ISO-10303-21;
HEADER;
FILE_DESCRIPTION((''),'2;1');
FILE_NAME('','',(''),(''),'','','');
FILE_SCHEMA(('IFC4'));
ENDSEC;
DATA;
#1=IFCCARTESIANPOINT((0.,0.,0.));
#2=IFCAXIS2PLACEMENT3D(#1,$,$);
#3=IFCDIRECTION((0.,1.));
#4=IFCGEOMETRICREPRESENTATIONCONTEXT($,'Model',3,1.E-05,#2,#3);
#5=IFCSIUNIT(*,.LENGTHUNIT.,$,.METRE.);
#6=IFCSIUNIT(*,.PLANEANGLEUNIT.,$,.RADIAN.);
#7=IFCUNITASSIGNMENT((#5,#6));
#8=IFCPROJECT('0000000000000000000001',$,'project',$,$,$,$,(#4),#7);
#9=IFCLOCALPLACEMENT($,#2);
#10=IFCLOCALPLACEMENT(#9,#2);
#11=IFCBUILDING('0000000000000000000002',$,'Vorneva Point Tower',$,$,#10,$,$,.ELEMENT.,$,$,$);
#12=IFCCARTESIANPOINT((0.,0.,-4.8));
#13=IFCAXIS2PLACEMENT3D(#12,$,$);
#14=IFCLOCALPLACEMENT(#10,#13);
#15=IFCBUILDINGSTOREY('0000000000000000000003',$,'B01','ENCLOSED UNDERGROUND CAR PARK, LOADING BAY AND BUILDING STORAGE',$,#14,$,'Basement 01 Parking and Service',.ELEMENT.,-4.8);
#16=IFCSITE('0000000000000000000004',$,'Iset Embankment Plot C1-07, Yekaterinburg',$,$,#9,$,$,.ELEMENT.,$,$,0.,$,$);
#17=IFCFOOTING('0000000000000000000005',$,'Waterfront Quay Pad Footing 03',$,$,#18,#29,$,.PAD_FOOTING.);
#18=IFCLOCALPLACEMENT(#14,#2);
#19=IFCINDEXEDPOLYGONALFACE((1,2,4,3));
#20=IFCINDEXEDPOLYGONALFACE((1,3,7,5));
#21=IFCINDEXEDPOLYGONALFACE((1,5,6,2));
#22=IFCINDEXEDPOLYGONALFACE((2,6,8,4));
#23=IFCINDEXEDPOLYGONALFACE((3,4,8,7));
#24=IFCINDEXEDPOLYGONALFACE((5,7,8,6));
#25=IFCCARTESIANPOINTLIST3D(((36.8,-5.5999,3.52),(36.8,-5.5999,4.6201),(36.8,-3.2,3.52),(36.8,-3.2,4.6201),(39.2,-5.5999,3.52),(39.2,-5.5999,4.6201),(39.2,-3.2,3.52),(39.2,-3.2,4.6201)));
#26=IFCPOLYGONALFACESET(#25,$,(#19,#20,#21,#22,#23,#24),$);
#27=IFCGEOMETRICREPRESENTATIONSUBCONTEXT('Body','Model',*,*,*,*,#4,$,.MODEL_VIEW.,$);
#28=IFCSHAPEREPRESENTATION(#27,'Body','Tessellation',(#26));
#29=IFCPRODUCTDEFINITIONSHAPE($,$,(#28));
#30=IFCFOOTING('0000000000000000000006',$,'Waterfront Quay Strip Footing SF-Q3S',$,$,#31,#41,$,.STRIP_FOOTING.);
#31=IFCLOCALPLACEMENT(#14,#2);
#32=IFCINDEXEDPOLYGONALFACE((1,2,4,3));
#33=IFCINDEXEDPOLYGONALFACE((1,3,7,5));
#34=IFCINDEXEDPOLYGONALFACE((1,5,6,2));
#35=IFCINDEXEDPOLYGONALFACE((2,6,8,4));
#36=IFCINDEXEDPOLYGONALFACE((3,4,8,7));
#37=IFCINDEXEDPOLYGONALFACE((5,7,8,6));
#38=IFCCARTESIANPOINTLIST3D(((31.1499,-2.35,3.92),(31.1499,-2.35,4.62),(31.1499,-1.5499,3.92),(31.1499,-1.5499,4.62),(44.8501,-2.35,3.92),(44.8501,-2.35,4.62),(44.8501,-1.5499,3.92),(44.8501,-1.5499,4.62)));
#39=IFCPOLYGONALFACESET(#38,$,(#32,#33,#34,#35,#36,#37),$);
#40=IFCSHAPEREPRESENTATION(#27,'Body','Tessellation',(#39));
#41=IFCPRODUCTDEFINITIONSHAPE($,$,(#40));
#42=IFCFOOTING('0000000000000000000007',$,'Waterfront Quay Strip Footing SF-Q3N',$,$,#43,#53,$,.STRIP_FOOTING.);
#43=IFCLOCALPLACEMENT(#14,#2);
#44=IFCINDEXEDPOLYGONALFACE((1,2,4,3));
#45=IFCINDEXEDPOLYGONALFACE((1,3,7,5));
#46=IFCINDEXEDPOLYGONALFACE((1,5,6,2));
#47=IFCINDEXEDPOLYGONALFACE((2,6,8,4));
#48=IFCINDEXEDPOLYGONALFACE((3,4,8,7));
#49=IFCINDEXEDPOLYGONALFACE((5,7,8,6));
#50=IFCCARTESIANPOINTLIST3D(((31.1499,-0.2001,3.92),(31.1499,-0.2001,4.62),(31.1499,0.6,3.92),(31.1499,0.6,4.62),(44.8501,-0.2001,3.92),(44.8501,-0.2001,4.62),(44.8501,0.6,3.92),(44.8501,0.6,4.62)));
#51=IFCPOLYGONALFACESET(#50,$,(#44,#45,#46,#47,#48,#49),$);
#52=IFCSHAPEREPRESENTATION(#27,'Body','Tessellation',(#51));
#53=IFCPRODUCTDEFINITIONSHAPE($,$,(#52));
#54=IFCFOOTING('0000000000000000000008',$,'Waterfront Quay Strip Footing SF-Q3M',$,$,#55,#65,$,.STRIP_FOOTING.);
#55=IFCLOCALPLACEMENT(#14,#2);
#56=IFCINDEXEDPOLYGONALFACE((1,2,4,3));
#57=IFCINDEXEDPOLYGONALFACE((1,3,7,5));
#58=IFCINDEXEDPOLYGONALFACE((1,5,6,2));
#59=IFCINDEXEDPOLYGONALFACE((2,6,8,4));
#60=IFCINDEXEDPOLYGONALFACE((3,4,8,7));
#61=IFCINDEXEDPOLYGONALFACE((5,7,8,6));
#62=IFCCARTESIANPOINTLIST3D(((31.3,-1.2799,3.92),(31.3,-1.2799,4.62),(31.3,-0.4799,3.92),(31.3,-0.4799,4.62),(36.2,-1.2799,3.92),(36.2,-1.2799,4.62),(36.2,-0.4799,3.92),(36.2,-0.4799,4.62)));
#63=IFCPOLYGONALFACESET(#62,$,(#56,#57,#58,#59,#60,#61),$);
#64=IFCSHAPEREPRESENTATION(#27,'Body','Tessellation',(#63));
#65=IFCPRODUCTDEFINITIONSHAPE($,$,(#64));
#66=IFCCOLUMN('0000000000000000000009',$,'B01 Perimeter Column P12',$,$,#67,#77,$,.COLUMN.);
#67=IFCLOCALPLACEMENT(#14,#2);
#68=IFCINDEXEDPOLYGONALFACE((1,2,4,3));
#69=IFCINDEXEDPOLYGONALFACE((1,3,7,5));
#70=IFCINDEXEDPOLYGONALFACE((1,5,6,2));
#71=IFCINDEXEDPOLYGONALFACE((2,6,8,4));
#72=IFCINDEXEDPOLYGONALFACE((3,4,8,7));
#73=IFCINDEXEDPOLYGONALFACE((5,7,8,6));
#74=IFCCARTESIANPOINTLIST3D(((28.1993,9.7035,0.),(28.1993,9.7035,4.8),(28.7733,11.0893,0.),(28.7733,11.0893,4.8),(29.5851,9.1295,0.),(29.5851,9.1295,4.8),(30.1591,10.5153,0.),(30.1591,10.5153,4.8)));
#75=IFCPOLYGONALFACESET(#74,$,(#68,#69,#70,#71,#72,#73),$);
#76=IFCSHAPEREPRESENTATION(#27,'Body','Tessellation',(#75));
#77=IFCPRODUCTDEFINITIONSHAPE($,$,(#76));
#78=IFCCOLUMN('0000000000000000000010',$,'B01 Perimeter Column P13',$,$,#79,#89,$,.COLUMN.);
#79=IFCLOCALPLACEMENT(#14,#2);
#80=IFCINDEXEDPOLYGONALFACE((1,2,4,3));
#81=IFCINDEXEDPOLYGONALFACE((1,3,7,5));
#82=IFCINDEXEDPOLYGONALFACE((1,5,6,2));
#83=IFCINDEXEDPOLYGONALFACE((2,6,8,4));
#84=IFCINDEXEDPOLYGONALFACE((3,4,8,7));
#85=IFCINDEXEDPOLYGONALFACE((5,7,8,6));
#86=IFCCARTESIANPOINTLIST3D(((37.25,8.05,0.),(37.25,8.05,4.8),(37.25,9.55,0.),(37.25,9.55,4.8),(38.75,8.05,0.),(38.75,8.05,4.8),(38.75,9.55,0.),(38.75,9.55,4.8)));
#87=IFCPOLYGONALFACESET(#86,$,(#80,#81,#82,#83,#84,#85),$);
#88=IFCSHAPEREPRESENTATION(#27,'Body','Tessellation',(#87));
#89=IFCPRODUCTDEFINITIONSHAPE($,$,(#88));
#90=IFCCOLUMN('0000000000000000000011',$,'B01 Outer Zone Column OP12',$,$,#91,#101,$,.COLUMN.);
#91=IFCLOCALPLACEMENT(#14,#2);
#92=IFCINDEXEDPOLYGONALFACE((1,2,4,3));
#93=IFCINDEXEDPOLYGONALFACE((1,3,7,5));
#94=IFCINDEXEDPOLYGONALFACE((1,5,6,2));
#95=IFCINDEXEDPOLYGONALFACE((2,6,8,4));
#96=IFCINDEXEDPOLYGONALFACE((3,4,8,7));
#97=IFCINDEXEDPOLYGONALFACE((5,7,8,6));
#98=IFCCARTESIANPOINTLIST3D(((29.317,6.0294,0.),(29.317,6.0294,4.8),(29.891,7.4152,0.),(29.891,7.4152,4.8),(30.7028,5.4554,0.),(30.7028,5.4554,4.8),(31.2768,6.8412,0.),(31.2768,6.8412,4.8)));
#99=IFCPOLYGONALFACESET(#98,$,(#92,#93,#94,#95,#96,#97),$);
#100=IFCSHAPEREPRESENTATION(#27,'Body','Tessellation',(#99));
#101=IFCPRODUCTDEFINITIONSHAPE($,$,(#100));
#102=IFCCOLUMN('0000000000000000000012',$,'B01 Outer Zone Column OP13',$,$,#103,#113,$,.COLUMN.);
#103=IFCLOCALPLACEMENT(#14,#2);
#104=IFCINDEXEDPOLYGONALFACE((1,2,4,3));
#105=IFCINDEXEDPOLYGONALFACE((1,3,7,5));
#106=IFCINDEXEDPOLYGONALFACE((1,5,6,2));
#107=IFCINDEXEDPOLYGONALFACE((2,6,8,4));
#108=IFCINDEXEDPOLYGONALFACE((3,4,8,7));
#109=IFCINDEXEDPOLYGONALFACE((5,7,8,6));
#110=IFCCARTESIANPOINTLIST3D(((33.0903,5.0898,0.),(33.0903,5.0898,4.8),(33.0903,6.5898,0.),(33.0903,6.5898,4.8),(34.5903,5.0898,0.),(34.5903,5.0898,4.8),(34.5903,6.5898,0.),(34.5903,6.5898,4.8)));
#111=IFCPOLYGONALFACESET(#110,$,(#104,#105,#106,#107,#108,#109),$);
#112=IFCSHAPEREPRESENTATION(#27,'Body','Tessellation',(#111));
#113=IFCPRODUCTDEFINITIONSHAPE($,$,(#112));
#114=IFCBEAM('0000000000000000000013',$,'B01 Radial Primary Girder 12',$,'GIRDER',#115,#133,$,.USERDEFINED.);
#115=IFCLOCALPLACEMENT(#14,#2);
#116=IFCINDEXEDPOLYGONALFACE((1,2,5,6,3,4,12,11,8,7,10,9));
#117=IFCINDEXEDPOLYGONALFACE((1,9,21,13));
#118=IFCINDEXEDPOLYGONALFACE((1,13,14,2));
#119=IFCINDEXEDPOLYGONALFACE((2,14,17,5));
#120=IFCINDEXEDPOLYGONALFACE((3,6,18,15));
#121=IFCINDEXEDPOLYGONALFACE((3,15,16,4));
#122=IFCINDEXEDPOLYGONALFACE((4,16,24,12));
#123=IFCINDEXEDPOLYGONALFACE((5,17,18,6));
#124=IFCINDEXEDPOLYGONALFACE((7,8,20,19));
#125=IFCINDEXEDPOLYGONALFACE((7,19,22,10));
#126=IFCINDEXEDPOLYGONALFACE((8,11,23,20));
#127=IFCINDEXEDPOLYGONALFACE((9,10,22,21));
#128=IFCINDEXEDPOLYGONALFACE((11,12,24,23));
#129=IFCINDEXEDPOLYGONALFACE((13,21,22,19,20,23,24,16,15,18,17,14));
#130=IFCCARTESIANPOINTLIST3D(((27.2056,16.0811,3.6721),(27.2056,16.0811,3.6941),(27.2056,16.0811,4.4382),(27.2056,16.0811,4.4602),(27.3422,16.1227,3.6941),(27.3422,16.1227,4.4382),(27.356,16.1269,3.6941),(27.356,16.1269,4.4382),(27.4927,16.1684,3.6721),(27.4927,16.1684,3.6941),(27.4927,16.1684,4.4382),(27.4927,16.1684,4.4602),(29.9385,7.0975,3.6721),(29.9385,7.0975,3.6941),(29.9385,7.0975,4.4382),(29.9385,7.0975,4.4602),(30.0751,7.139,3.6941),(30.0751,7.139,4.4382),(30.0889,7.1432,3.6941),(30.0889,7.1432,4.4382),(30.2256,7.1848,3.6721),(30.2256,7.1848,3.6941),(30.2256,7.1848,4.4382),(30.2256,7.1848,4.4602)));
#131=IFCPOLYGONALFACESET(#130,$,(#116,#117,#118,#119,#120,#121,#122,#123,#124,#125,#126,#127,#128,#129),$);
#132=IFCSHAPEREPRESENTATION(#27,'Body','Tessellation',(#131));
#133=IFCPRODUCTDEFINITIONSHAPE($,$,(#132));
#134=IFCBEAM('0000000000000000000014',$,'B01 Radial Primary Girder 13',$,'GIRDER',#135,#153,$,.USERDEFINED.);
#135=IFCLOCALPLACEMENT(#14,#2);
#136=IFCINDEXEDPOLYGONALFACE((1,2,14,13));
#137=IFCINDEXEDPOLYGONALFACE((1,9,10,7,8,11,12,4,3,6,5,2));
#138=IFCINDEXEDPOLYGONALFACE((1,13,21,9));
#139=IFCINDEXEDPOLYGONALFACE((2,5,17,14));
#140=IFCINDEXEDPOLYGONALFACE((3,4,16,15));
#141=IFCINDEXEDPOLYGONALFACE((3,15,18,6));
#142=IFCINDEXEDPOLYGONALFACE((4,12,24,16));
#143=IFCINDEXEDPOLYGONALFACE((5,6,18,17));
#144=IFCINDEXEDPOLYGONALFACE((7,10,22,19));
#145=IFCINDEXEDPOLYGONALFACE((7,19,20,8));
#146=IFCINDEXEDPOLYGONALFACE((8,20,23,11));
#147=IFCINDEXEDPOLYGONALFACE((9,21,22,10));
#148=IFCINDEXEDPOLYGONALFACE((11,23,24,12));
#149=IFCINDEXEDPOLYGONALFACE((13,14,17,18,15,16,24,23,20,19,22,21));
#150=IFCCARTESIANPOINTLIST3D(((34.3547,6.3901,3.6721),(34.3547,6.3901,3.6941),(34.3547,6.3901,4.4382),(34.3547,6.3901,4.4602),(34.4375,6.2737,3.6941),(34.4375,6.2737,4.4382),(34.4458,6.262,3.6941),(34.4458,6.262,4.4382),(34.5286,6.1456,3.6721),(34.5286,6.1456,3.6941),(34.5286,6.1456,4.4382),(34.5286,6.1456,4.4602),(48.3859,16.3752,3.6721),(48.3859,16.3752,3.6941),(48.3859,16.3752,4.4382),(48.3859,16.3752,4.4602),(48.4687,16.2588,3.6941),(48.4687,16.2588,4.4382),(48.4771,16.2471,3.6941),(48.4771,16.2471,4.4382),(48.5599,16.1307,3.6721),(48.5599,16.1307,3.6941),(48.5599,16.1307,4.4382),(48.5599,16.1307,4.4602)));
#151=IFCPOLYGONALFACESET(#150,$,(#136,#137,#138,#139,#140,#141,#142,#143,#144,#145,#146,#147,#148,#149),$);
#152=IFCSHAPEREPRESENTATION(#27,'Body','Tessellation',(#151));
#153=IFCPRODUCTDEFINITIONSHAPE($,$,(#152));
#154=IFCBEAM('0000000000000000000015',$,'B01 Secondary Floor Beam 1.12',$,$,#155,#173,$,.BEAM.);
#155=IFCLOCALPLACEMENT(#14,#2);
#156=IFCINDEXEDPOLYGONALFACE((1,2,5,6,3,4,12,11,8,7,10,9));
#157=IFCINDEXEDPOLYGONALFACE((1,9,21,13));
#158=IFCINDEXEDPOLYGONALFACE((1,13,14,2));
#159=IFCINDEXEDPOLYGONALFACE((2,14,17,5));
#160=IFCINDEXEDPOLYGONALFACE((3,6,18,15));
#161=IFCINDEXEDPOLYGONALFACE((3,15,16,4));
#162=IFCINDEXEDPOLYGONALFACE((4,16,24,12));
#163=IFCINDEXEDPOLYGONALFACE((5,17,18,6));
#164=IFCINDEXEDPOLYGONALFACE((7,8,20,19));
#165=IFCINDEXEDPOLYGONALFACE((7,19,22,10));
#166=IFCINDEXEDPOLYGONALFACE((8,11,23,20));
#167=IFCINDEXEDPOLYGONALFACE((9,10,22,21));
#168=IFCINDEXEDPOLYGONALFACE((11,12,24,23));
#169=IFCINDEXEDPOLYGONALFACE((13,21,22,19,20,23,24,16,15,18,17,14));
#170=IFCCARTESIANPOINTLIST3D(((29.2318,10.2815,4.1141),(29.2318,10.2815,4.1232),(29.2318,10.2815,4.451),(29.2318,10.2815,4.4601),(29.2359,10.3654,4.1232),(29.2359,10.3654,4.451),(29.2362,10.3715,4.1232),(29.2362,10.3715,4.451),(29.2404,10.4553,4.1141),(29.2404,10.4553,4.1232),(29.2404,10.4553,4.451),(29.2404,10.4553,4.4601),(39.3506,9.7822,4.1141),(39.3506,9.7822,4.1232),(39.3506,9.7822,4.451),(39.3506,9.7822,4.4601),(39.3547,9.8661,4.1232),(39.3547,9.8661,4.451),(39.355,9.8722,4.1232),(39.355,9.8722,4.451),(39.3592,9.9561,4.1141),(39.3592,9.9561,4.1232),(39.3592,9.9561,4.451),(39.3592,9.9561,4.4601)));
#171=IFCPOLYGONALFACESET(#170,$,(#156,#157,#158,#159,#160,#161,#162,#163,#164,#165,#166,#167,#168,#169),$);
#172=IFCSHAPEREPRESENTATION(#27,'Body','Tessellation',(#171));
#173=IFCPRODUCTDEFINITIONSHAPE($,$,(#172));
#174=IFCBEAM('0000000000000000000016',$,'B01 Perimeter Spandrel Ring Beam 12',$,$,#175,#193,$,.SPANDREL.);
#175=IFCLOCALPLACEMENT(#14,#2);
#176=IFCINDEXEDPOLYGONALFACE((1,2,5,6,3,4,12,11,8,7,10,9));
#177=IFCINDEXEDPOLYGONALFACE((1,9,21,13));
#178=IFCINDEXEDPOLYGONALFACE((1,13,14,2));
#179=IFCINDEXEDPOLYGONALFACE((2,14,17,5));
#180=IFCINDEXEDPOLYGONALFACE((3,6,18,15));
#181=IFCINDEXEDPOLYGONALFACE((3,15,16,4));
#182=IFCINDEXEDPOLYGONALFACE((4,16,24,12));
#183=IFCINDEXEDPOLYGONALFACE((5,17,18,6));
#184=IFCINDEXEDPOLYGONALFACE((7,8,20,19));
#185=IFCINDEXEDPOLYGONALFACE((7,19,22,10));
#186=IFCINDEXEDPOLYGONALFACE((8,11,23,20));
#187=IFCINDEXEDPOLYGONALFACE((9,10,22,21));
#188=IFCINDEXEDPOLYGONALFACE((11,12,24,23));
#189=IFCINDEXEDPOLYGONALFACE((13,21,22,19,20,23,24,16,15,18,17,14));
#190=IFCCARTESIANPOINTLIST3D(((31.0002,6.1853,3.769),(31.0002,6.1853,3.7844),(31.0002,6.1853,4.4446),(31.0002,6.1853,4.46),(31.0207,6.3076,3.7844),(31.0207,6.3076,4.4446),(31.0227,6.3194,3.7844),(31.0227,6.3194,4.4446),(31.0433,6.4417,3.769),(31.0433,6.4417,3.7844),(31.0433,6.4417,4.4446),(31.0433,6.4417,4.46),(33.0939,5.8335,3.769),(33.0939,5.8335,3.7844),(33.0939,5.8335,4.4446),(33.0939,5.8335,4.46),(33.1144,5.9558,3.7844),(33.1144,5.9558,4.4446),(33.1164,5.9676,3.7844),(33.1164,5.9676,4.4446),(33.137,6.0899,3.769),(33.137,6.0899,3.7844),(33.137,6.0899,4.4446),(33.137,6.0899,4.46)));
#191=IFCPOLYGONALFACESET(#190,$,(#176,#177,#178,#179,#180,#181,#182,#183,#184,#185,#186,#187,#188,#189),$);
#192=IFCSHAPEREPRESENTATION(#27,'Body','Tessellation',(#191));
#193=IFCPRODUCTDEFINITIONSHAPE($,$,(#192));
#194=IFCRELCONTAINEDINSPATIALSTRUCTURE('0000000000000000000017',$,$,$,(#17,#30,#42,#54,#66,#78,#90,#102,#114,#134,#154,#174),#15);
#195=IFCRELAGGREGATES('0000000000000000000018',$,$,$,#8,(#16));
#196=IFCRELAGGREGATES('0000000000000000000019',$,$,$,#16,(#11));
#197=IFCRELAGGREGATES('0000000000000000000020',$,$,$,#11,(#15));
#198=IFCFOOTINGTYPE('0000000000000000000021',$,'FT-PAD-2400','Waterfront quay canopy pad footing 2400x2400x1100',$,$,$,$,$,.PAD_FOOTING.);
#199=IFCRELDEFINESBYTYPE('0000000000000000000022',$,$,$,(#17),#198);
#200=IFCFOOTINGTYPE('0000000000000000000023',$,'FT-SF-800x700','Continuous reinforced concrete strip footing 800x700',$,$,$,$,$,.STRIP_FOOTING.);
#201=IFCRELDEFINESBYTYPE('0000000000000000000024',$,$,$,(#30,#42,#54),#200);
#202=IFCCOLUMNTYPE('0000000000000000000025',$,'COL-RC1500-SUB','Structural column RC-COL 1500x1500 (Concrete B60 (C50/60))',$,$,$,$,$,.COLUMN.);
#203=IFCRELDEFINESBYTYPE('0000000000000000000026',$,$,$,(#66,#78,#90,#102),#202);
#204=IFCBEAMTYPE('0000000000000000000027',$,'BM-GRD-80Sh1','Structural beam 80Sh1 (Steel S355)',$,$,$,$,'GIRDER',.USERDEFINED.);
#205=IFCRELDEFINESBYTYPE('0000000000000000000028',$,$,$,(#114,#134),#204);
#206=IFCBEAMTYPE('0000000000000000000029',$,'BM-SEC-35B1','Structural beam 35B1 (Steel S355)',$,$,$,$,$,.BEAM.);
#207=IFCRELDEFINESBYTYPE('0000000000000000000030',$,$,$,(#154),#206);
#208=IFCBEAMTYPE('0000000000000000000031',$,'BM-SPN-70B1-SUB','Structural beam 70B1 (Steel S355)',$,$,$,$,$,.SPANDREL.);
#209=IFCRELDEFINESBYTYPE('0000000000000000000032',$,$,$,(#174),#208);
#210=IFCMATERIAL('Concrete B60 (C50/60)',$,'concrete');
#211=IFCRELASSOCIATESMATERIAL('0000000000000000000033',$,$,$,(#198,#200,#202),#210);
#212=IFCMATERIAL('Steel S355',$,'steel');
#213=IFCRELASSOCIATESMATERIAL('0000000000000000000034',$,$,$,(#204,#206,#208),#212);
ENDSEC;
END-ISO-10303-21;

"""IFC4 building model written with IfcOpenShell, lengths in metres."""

from ifc_helpers import new_model, si_unit, direction, frame, origin, origin_2d, place, context, subcontext, project, spatial, rectangle, i_section, extrude, material, material_profile, profile_set, type_object, element, save


model = new_model("IFC4")

# Units and contexts
model_context = context("Model", 3, precision=1e-05, world=origin(), true_north=direction((0.0, 1.0)))
body_context = subcontext(model_context, "Body", "Model", "MODEL_VIEW")
ifc_project = project(units=[si_unit("LENGTHUNIT", "METRE"), si_unit("PLANEANGLEUNIT", "RADIAN")], contexts=[model_context])

# Site, building, storey
site_placement = place(None, origin())
site = spatial("IfcSite", under=ifc_project, at=site_placement, Name="Iset Embankment Plot C1-07, Yekaterinburg", CompositionType="ELEMENT", RefElevation=0.0)
building_placement = place(site_placement, origin())
building = spatial("IfcBuilding", under=site, at=building_placement, Name="Vorneva Point Tower", CompositionType="ELEMENT")
storey_placement = place(building_placement, frame((0.0, 0.0, -4.8)))
storey = spatial("IfcBuildingStorey", under=building, at=storey_placement, Name="B01", Description="ENCLOSED UNDERGROUND CAR PARK, LOADING BAY AND BUILDING STORAGE", LongName="Basement 01 Parking and Service", CompositionType="ELEMENT", Elevation=-4.8)

# Footings
ifc_material_1 = material(Name="Concrete B60 (C50/60)", Category="concrete")
footing_type_1 = type_object("IfcFootingType", Name="FT-PAD-2400", Description="Waterfront quay canopy pad footing 2400x2400x1100", PredefinedType="PAD_FOOTING", material=ifc_material_1)
footing_1_placement = place(storey_placement, frame((38.0, -4.3999, 3.52), z_axis=(0.0, 0.0, 1.0), x_axis=(1.0, 0.0, 0.0)))
element("IfcFooting", 1, at=footing_1_placement, inside=storey, type_object=footing_type_1, Name="Waterfront Quay Pad Footing 03", PredefinedType="PAD_FOOTING", context=body_context, shape_type="SweptSolid", body=[
    extrude(rectangle(XDim=2.3999, YDim=2.3999, at=origin_2d()), origin(), (0.0, 0.0, 1.0), 1.1001),
])
ifc_material_profile_1 = material_profile(ifc_material_1, rectangle(XDim=0.8, YDim=0.7, at=origin_2d()), Name="SF 800x700")
ifc_profile_set_1 = profile_set([ifc_material_profile_1], Name="Concrete B60 (C50/60)")
footing_type_2 = type_object("IfcFootingType", Name="FT-SF-800x700", Description="Continuous reinforced concrete strip footing 800x700", PredefinedType="STRIP_FOOTING", material=ifc_profile_set_1)
for number, where, z_axis, x_axis, name in (
    (2, (31.1499, -1.95, 4.27), (1.0, 0.0, 0.0), (0.0, 1.0, 0.0), "Waterfront Quay Strip Footing SF-Q3S"),
    (3, (31.1499, 0.2, 4.27), (1.0, 0.0, 0.0), (0.0, 1.0, 0.0), "Waterfront Quay Strip Footing SF-Q3N"),
):
    element("IfcFooting", number, at=place(storey_placement, frame(where, z_axis=z_axis, x_axis=x_axis)), inside=storey, type_object=footing_type_2, Name=name, PredefinedType="STRIP_FOOTING", context=body_context, shape_type="SweptSolid", body=[
        extrude(rectangle(XDim=0.8, YDim=0.7, at=origin_2d()), origin(), (0.0, 0.0, 1.0), 13.7002),
    ])
footing_2_placement = place(storey_placement, frame((31.3, -0.8799, 4.27), z_axis=(1.0, 0.0, 0.0), x_axis=(0.0, 1.0, 0.0)))
element("IfcFooting", 4, at=footing_2_placement, inside=storey, type_object=footing_type_2, Name="Waterfront Quay Strip Footing SF-Q3M", PredefinedType="STRIP_FOOTING", context=body_context, shape_type="SweptSolid", body=[
    extrude(rectangle(XDim=0.8, YDim=0.7, at=origin_2d()), origin(), (0.0, 0.0, 1.0), 4.8999),
])

# Columns
ifc_material_profile_2 = material_profile(ifc_material_1, rectangle(XDim=1.5, YDim=1.5, at=origin_2d()), Name="RC-COL 1500x1500")
ifc_profile_set_2 = profile_set([ifc_material_profile_2], Name="Concrete B60 (C50/60)")
column_type = type_object("IfcColumnType", Name="COL-RC1500-SUB", Description="Structural column RC-COL 1500x1500 (Concrete B60 (C50/60))", PredefinedType="COLUMN", material=ifc_profile_set_2)
for number, where, z_axis, x_axis, name in (
    (5, (29.1792, 10.1094, 0.0), (0.0, 0.0, 1.0), (-0.382683, -0.92388, 0.0), "B01 Perimeter Column P12"),
    (6, (38.0, 8.8, 0.0), (0.0, 0.0, 1.0), (0.0, -1.0, 0.0), "B01 Perimeter Column P13"),
    (7, (30.2969, 6.4353, 0.0), (0.0, 0.0, 1.0), (-0.382683, -0.92388, 0.0), "B01 Outer Zone Column OP12"),
    (8, (33.8403, 5.8398, 0.0), (0.0, 0.0, 1.0), (0.0, -1.0, 0.0), "B01 Outer Zone Column OP13"),
):
    element("IfcColumn", number, at=place(storey_placement, frame(where, z_axis=z_axis, x_axis=x_axis)), inside=storey, type_object=column_type, Name=name, PredefinedType="COLUMN", context=body_context, shape_type="SweptSolid", body=[
        extrude(rectangle(XDim=1.5, YDim=1.5, at=origin_2d()), origin(), (0.0, 0.0, 1.0), 4.8),
    ])

# Beams
ifc_material_2 = material(Name="Steel S355", Category="steel")
ifc_material_profile_3 = material_profile(ifc_material_2, i_section(OverallWidth=0.3, OverallDepth=0.7881, WebThickness=0.0144, FlangeThickness=0.022, at=origin_2d()), Name="80Sh1")
ifc_profile_set_3 = profile_set([ifc_material_profile_3], Name="Steel S355")
beam_type_1 = type_object("IfcBeamType", Name="BM-GRD-80Sh1", Description="Structural beam 80Sh1 (Steel S355)", ElementType="GIRDER", PredefinedType="USERDEFINED", material=ifc_profile_set_3)
beam_1_placement = place(storey_placement, frame((30.082, 7.1411, 4.0662), z_axis=(-0.291041, 0.956711, 0.0), x_axis=(-0.956711, -0.291041, 0.0)))
element("IfcBeam", 9, at=beam_1_placement, inside=storey, type_object=beam_type_1, Name="B01 Radial Primary Girder 12", ObjectType="GIRDER", PredefinedType="USERDEFINED", context=body_context, shape_type="SweptSolid", body=[
    extrude(i_section(OverallWidth=0.3, OverallDepth=0.7881, WebThickness=0.0144, FlangeThickness=0.022, at=origin_2d()), origin(), (0.0, 0.0, 1.0), 9.3901),
])
beam_2_placement = place(storey_placement, frame((34.4417, 6.2678, 4.0662), z_axis=(0.814754, 0.579806, 0.0), x_axis=(-0.579806, 0.814754, 0.0)))
element("IfcBeam", 10, at=beam_2_placement, inside=storey, type_object=beam_type_1, Name="B01 Radial Primary Girder 13", ObjectType="GIRDER", PredefinedType="USERDEFINED", context=body_context, shape_type="SweptSolid", body=[
    extrude(i_section(OverallWidth=0.3, OverallDepth=0.7881, WebThickness=0.0144, FlangeThickness=0.022, at=origin_2d()), origin(), (0.0, 0.0, 1.0), 17.2214),
])
ifc_material_profile_4 = material_profile(ifc_material_2, i_section(OverallWidth=0.1741, OverallDepth=0.3459, WebThickness=0.0061, FlangeThickness=0.009, at=origin_2d()), Name="35B1")
ifc_profile_set_4 = profile_set([ifc_material_profile_4], Name="Steel S355")
beam_type_2 = type_object("IfcBeamType", Name="BM-SEC-35B1", Description="Structural beam 35B1 (Steel S355)", PredefinedType="BEAM", material=ifc_profile_set_4)
beam_3_placement = place(storey_placement, frame((29.2361, 10.3684, 4.2871), z_axis=(0.998785, -0.04928, 0.0), x_axis=(0.04928, 0.998785, 0.0)))
element("IfcBeam", 11, at=beam_3_placement, inside=storey, type_object=beam_type_2, Name="B01 Secondary Floor Beam 1.12", PredefinedType="BEAM", context=body_context, shape_type="SweptSolid", body=[
    extrude(i_section(OverallWidth=0.1741, OverallDepth=0.3459, WebThickness=0.0061, FlangeThickness=0.009, at=origin_2d()), origin(), (0.0, 0.0, 1.0), 10.1311),
])
ifc_material_profile_5 = material_profile(ifc_material_2, i_section(OverallWidth=0.26, OverallDepth=0.6909, WebThickness=0.012, FlangeThickness=0.0154, at=origin_2d()), Name="70B1")
ifc_profile_set_5 = profile_set([ifc_material_profile_5], Name="Steel S355")
beam_type_3 = type_object("IfcBeamType", Name="BM-SPN-70B1-SUB", Description="Structural beam 70B1 (Steel S355)", PredefinedType="SPANDREL", material=ifc_profile_set_5)
beam_4_placement = place(storey_placement, frame((31.0217, 6.3135, 4.1145), z_axis=(0.986176, -0.165704, 0.0), x_axis=(0.165704, 0.986176, 0.0)))
element("IfcBeam", 12, at=beam_4_placement, inside=storey, type_object=beam_type_3, Name="B01 Perimeter Spandrel Ring Beam 12", PredefinedType="SPANDREL", context=body_context, shape_type="SweptSolid", body=[
    extrude(i_section(OverallWidth=0.26, OverallDepth=0.6909, WebThickness=0.012, FlangeThickness=0.0154, at=origin_2d()), origin(), (0.0, 0.0, 1.0), 2.123),
])

save(model, "model.ifc")
